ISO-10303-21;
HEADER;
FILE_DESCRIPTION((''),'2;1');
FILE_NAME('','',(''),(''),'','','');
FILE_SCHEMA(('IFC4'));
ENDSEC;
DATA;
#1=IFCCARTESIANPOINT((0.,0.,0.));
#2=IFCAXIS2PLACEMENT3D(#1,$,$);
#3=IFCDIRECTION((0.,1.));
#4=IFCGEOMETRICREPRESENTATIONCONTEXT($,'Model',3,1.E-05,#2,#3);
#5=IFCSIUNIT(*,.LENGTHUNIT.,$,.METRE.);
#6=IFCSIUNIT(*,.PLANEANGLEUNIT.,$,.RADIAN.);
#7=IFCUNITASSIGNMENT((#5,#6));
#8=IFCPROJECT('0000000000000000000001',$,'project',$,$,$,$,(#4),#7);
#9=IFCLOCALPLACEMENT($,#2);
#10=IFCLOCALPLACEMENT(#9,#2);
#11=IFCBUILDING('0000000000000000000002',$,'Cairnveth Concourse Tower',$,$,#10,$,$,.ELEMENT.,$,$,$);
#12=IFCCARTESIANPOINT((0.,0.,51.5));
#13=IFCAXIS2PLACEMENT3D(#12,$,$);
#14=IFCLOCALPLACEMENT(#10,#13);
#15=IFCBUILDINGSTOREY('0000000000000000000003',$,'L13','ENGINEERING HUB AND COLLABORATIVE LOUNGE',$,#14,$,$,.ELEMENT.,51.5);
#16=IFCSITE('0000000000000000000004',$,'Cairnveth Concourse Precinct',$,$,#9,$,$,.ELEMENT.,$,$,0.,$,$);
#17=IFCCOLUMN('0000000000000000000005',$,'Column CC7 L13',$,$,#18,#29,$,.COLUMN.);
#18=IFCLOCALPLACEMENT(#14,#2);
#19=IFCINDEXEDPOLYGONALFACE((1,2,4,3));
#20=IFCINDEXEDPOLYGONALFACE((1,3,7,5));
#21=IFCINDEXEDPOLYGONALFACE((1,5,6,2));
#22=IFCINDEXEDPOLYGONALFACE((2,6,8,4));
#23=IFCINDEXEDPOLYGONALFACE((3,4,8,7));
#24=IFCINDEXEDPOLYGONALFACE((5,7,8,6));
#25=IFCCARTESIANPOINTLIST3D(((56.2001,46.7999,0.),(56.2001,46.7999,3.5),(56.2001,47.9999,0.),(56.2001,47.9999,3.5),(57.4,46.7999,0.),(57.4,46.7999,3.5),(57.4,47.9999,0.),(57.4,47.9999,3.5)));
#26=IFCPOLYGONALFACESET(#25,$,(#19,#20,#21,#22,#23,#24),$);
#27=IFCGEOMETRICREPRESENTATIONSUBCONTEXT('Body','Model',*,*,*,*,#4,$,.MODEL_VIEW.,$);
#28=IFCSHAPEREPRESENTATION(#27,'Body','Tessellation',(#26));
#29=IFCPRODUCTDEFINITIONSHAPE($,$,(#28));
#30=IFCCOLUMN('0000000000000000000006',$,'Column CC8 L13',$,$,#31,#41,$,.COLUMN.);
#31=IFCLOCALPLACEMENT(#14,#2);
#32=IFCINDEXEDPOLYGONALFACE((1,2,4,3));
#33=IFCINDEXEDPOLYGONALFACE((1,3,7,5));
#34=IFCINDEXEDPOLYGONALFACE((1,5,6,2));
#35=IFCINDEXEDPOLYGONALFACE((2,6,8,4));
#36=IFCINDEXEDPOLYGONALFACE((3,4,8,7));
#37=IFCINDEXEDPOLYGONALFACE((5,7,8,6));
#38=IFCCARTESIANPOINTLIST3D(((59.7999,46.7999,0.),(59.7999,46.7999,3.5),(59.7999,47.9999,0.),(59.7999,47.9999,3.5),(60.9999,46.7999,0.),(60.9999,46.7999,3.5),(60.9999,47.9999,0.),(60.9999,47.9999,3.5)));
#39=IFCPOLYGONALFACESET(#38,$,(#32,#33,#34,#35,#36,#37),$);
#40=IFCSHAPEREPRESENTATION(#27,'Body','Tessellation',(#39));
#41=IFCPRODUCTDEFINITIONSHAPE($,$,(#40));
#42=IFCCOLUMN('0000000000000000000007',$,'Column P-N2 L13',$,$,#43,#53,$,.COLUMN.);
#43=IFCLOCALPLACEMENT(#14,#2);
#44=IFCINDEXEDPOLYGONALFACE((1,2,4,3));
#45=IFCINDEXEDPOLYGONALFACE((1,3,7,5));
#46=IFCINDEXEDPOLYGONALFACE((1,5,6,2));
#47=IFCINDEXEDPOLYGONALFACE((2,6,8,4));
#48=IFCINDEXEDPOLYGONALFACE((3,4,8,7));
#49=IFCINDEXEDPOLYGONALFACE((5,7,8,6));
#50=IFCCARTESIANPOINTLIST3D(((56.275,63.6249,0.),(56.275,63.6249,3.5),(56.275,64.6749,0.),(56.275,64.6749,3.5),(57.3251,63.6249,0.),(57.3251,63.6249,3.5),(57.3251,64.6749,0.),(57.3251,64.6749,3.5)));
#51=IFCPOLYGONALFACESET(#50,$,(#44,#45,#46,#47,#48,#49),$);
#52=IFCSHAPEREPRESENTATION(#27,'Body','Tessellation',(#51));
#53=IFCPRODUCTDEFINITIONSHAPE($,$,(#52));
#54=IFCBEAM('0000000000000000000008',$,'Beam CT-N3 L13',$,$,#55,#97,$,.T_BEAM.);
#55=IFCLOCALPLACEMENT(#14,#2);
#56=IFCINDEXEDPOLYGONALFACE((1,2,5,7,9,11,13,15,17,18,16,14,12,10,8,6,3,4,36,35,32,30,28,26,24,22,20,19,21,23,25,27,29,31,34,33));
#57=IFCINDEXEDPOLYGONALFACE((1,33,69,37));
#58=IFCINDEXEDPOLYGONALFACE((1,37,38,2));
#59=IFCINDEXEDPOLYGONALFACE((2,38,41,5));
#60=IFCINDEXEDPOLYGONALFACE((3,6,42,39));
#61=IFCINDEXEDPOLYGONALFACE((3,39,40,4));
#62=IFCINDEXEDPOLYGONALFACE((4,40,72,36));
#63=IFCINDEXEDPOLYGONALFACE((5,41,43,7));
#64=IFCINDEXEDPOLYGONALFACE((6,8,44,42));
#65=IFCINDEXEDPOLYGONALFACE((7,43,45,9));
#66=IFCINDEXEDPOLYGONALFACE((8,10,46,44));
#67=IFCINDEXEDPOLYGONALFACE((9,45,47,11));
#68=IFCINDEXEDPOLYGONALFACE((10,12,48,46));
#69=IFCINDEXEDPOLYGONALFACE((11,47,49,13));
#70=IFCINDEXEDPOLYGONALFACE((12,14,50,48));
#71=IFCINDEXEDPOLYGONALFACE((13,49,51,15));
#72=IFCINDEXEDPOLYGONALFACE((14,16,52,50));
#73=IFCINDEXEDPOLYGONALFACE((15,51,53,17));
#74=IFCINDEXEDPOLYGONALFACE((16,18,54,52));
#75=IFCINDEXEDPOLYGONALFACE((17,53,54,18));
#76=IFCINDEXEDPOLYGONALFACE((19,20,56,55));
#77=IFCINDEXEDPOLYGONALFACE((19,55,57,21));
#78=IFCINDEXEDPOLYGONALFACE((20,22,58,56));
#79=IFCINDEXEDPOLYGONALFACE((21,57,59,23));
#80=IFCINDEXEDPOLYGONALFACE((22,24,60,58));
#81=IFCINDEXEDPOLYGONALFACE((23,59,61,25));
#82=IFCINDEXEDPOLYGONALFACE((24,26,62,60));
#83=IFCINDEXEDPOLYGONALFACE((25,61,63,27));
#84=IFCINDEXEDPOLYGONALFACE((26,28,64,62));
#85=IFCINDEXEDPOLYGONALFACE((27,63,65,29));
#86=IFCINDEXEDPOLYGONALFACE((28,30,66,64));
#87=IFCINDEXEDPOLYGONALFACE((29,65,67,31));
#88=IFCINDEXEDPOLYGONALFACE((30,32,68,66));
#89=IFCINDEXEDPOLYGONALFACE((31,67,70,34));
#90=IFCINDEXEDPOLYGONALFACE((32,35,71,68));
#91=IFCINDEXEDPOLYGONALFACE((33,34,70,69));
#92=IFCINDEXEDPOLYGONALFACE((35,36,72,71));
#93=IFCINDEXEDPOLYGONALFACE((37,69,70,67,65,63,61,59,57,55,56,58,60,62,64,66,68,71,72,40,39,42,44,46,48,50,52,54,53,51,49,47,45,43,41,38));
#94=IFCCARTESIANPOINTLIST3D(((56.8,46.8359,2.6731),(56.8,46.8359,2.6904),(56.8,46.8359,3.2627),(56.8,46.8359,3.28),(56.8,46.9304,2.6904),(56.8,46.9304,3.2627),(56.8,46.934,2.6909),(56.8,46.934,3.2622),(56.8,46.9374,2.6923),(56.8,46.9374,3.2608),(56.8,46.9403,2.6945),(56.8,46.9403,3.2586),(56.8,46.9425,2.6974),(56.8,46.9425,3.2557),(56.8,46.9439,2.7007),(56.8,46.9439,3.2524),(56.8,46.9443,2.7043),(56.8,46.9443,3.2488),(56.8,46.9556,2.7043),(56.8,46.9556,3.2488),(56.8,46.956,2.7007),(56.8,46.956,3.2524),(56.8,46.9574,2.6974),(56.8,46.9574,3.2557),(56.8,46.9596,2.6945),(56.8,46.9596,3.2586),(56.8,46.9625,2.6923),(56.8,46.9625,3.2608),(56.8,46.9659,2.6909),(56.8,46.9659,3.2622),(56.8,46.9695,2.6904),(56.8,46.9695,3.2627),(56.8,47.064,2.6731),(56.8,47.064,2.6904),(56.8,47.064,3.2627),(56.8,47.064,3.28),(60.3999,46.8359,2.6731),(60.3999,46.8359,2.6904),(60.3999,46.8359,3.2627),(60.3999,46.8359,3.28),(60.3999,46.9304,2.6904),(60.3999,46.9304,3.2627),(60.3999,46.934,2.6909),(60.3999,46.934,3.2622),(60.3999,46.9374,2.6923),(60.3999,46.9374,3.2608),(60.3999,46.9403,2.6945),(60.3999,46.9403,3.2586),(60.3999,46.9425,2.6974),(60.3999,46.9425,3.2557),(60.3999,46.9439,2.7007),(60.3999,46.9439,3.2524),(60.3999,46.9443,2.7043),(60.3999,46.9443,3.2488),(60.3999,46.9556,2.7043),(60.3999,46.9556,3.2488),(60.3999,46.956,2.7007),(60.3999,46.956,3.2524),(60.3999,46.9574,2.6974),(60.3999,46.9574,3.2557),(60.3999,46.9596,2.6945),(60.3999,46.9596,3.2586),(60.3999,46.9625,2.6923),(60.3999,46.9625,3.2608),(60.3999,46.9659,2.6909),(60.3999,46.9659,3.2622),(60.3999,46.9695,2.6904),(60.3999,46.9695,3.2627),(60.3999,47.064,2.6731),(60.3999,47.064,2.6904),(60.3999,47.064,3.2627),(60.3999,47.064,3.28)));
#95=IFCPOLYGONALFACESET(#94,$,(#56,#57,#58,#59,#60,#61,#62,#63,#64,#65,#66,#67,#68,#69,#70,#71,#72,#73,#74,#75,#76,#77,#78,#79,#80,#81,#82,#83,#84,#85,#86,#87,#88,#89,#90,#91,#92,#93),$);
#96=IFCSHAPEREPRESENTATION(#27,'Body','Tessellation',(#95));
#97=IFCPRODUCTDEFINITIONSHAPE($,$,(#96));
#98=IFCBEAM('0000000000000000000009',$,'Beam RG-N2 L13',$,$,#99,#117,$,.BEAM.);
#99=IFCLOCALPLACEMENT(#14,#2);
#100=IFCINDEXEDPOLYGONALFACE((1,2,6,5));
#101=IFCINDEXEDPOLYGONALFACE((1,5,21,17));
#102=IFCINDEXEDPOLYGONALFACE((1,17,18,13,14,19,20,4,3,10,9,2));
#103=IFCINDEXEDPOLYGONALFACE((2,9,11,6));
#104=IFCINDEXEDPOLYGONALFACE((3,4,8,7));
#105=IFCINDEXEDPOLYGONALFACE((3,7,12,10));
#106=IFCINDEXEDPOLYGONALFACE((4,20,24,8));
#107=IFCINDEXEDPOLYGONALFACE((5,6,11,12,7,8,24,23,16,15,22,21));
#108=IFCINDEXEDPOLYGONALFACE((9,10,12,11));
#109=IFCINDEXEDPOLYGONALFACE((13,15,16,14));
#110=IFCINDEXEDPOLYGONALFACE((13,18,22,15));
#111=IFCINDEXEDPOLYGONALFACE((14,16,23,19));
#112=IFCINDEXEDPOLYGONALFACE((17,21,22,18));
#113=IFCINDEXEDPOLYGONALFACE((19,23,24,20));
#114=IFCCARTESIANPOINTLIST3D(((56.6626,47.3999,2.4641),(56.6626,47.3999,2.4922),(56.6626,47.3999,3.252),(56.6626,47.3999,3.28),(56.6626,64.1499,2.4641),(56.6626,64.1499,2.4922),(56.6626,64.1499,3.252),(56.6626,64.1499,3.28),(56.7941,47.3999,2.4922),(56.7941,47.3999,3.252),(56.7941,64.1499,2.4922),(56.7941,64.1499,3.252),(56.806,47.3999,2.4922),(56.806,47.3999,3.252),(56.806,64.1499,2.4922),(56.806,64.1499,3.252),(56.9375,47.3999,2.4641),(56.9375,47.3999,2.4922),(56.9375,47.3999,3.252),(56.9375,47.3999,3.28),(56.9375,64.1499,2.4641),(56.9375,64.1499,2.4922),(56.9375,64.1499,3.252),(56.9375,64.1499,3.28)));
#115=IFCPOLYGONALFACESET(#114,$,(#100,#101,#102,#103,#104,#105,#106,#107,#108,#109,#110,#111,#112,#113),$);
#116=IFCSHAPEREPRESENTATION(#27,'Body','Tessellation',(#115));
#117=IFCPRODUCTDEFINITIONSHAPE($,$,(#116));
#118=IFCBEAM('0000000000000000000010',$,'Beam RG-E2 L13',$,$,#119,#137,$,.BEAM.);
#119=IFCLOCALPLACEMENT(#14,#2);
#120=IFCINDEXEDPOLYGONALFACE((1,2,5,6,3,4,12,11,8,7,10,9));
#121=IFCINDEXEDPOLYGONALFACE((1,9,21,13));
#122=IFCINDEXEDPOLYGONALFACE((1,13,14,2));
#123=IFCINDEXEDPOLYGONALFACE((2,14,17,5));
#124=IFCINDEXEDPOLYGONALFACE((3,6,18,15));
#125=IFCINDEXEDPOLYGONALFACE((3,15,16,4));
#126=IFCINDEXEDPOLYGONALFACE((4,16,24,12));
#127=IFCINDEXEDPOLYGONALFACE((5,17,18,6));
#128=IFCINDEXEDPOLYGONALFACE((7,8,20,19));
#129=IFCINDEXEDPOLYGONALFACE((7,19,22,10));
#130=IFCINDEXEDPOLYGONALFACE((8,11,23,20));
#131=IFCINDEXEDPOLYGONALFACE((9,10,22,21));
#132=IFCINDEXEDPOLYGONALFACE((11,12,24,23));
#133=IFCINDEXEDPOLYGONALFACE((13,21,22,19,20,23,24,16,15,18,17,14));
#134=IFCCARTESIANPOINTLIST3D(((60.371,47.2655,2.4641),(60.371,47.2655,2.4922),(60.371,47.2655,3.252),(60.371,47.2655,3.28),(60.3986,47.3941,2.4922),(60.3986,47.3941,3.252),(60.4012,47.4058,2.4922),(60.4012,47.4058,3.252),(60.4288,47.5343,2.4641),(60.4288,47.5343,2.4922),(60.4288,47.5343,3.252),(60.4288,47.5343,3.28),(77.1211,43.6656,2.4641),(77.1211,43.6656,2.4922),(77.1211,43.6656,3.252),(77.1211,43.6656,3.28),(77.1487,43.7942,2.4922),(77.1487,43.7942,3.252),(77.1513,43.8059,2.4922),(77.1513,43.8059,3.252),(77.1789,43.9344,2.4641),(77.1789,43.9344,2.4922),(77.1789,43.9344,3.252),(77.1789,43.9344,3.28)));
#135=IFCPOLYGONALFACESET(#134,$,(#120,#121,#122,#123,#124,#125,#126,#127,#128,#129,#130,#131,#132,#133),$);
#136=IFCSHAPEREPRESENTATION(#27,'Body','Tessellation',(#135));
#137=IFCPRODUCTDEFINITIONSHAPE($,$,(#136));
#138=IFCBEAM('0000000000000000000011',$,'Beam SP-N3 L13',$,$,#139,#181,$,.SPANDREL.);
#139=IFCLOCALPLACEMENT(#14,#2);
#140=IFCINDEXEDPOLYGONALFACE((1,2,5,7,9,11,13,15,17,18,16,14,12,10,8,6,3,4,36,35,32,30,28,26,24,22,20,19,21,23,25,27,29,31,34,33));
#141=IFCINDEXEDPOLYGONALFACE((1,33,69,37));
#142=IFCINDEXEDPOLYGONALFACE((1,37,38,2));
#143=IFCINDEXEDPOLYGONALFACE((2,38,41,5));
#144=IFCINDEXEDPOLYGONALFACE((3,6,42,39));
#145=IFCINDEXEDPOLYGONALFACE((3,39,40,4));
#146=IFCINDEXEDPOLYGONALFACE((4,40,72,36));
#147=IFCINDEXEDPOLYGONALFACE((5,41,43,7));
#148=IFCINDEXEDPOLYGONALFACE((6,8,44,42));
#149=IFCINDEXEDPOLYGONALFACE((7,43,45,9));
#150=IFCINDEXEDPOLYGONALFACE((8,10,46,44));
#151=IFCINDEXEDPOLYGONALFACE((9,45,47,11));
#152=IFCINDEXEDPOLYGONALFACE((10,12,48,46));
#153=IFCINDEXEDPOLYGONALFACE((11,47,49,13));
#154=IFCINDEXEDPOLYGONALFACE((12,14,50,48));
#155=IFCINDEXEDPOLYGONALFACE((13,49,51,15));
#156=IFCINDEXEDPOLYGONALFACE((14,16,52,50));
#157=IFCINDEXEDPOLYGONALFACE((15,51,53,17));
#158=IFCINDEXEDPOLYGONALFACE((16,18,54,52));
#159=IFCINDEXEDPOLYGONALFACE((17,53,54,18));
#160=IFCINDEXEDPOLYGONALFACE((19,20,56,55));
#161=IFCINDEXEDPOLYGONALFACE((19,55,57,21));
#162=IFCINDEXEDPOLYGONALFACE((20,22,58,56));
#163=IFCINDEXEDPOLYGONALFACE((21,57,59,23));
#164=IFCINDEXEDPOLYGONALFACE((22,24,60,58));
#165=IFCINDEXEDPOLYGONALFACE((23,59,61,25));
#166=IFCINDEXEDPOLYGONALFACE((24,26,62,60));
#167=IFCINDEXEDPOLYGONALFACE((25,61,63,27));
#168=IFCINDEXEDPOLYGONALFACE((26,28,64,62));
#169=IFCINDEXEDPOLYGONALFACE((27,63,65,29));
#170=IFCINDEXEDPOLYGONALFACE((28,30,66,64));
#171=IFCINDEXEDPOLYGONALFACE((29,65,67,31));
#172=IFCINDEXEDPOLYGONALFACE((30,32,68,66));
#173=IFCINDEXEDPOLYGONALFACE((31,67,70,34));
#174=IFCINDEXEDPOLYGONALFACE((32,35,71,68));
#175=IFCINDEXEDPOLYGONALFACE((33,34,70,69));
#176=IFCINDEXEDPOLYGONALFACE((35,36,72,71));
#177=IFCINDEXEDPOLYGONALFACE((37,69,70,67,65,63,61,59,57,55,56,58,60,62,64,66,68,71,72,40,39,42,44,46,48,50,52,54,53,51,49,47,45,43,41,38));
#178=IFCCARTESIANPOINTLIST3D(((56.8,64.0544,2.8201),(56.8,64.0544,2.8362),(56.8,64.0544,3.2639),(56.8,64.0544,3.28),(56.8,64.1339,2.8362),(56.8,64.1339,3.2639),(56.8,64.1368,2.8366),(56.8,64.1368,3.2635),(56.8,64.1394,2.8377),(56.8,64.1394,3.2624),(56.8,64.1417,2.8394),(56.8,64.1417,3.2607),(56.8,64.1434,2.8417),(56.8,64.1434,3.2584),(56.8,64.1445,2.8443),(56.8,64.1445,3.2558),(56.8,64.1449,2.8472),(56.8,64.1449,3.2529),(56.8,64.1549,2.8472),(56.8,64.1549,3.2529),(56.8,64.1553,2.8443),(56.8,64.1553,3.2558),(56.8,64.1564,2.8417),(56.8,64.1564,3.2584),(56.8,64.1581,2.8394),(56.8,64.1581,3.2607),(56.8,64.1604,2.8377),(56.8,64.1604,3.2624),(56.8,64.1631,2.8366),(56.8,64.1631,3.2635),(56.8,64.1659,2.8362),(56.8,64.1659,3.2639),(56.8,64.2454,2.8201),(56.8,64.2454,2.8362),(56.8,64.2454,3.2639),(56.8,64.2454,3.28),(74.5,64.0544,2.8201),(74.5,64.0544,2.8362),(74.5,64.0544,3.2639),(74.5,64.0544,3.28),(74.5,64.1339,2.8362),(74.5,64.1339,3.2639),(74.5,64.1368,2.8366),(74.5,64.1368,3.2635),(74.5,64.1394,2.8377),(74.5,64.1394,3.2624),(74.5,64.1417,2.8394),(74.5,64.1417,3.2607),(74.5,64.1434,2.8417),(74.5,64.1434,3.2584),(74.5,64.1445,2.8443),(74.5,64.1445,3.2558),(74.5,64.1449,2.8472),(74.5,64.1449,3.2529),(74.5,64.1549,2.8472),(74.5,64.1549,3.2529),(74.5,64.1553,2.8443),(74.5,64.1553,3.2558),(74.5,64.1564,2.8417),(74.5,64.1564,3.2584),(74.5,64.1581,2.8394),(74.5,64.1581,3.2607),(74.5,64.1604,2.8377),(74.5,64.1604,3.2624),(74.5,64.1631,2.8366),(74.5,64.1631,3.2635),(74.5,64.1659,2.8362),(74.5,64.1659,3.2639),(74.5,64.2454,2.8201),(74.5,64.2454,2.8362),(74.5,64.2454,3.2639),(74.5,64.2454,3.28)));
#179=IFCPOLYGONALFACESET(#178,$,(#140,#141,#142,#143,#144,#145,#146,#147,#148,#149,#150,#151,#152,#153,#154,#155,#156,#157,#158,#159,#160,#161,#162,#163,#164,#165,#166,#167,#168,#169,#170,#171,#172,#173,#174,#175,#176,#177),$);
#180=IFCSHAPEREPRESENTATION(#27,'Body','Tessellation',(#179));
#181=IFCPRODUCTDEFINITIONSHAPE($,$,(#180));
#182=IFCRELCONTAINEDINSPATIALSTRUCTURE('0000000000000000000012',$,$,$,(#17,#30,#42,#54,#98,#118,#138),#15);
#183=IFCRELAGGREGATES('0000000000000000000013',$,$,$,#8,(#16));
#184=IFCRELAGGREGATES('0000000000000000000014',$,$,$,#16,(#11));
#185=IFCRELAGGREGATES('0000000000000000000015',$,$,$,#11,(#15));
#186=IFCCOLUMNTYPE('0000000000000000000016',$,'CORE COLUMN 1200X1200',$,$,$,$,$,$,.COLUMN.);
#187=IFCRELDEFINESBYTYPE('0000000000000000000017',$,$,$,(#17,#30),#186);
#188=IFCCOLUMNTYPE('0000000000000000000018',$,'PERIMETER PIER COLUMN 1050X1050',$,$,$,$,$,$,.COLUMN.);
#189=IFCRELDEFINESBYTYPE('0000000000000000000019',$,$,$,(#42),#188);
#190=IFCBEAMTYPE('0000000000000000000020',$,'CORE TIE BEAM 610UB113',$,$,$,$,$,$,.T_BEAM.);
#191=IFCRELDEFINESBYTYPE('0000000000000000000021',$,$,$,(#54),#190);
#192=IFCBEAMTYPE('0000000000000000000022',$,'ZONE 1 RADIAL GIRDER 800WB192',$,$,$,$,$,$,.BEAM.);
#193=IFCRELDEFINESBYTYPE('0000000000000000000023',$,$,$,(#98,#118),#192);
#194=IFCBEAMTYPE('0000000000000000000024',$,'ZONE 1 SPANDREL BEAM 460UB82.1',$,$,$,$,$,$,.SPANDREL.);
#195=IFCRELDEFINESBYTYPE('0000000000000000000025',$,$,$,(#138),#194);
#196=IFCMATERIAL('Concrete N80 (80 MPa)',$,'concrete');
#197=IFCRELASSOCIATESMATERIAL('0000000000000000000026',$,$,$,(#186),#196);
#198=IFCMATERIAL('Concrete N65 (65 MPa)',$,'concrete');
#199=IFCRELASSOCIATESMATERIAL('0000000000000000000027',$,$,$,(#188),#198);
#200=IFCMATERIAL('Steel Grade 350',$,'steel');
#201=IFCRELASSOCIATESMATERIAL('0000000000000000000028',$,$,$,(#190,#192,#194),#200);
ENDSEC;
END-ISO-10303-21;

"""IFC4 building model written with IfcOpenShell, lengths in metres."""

from ifc_helpers import new_model, si_unit, direction, frame, origin, origin_2d, place, context, subcontext, project, spatial, rectangle, i_section, extrude, material, material_profile, profile_set, type_object, element, save


model = new_model("IFC4")

# Units and contexts
model_context = context("Model", 3, precision=1e-05, world=origin(), true_north=direction((0.0, 1.0)))
body_context = subcontext(model_context, "Body", "Model", "MODEL_VIEW")
ifc_project = project(units=[si_unit("LENGTHUNIT", "METRE"), si_unit("PLANEANGLEUNIT", "RADIAN")], contexts=[model_context])

# Site, building, storey
site_placement = place(None, origin())
site = spatial("IfcSite", under=ifc_project, at=site_placement, Name="Cairnveth Concourse Precinct", CompositionType="ELEMENT", RefElevation=0.0)
building_placement = place(site_placement, origin())
building = spatial("IfcBuilding", under=site, at=building_placement, Name="Cairnveth Concourse Tower", CompositionType="ELEMENT")
storey_placement = place(building_placement, frame((0.0, 0.0, 51.5)))
storey = spatial("IfcBuildingStorey", under=building, at=storey_placement, Name="L13", Description="ENGINEERING HUB AND COLLABORATIVE LOUNGE", CompositionType="ELEMENT", Elevation=51.5)

# Columns
ifc_material_1 = material(Name="Concrete N80 (80 MPa)", Category="concrete")
ifc_material_profile_1 = material_profile(ifc_material_1, rectangle(XDim=1.2, YDim=1.2, at=origin_2d()), Name="RC-COL-1200x1200")
ifc_profile_set_1 = profile_set([ifc_material_profile_1], Name="Concrete N80 (80 MPa)")
column_type_1 = type_object("IfcColumnType", Name="CORE COLUMN 1200X1200", PredefinedType="COLUMN", material=ifc_profile_set_1)
for number, where, z_axis, x_axis, name in (
    (1, (56.8, 47.3999, 0.0), (0.0, 0.0, 1.0), (1.0, 0.0, 0.0), "Column CC7 L13"),
    (2, (60.3999, 47.3999, 0.0), (0.0, 0.0, 1.0), (1.0, 0.0, 0.0), "Column CC8 L13"),
):
    element("IfcColumn", number, at=place(storey_placement, frame(where, z_axis=z_axis, x_axis=x_axis)), inside=storey, type_object=column_type_1, Name=name, PredefinedType="COLUMN", context=body_context, shape_type="SweptSolid", body=[
        extrude(rectangle(XDim=1.2, YDim=1.2, at=origin_2d()), origin(), (0.0, 0.0, 1.0), 3.5),
    ])
ifc_material_2 = material(Name="Concrete N65 (65 MPa)", Category="concrete")
ifc_material_profile_2 = material_profile(ifc_material_2, rectangle(XDim=1.05, YDim=1.05, at=origin_2d()), Name="RC-COL-1050x1050")
ifc_profile_set_2 = profile_set([ifc_material_profile_2], Name="Concrete N65 (65 MPa)")
column_type_2 = type_object("IfcColumnType", Name="PERIMETER PIER COLUMN 1050X1050", PredefinedType="COLUMN", material=ifc_profile_set_2)
column_placement = place(storey_placement, frame((56.8, 64.1499, 0.0), z_axis=(0.0, 0.0, 1.0), x_axis=(1.0, 0.0, 0.0)))
element("IfcColumn", 3, at=column_placement, inside=storey, type_object=column_type_2, Name="Column P-N2 L13", PredefinedType="COLUMN", context=body_context, shape_type="SweptSolid", body=[
    extrude(rectangle(XDim=1.05, YDim=1.05, at=origin_2d()), origin(), (0.0, 0.0, 1.0), 3.5),
])

# Beams
ifc_material_3 = material(Name="Steel Grade 350", Category="steel")
ifc_material_profile_3 = material_profile(ifc_material_3, i_section(OverallWidth=0.228, OverallDepth=0.6069, WebThickness=0.0112, FlangeThickness=0.0173, FilletRadius=0.0139, at=origin_2d()), Name="610UB113")
ifc_profile_set_3 = profile_set([ifc_material_profile_3], Name="Steel Grade 350")
beam_type_1 = type_object("IfcBeamType", Name="CORE TIE BEAM 610UB113", PredefinedType="T_BEAM", material=ifc_profile_set_3)
beam_1_placement = place(storey_placement, frame((56.8, 46.95, 2.9766), z_axis=(1.0, 0.0, 0.0), x_axis=(0.0, 1.0, 0.0)))
element("IfcBeam", 4, at=beam_1_placement, inside=storey, type_object=beam_type_1, Name="Beam CT-N3 L13", PredefinedType="T_BEAM", context=body_context, shape_type="SweptSolid", body=[
    extrude(i_section(OverallWidth=0.228, OverallDepth=0.6069, WebThickness=0.0112, FlangeThickness=0.0173, FilletRadius=0.0139, at=origin_2d()), origin(), (0.0, 0.0, 1.0), 3.5999),
])
ifc_material_profile_4 = material_profile(ifc_material_3, i_section(OverallWidth=0.2749, OverallDepth=0.8159, WebThickness=0.012, FlangeThickness=0.0281, at=origin_2d()), Name="800WB192")
ifc_profile_set_4 = profile_set([ifc_material_profile_4], Name="Steel Grade 350")
beam_type_2 = type_object("IfcBeamType", Name="ZONE 1 RADIAL GIRDER 800WB192", PredefinedType="BEAM", material=ifc_profile_set_4)
beam_2_placement = place(storey_placement, frame((56.8, 47.3999, 2.8721), z_axis=(0.0, 1.0, 0.0), x_axis=(-1.0, 0.0, 0.0)))
element("IfcBeam", 5, at=beam_2_placement, inside=storey, type_object=beam_type_2, Name="Beam RG-N2 L13", PredefinedType="BEAM", context=body_context, shape_type="SweptSolid", body=[
    extrude(i_section(OverallWidth=0.2749, OverallDepth=0.8159, WebThickness=0.012, FlangeThickness=0.0281, at=origin_2d()), origin(), (0.0, 0.0, 1.0), 16.75),
])
beam_3_placement = place(storey_placement, frame((60.3999, 47.3999, 2.8721), z_axis=(0.977676, -0.210119, 0.0), x_axis=(0.210119, 0.977676, 0.0)))
element("IfcBeam", 6, at=beam_3_placement, inside=storey, type_object=beam_type_2, Name="Beam RG-E2 L13", PredefinedType="BEAM", context=body_context, shape_type="SweptSolid", body=[
    extrude(i_section(OverallWidth=0.2749, OverallDepth=0.8159, WebThickness=0.012, FlangeThickness=0.0281, at=origin_2d()), origin(), (0.0, 0.0, 1.0), 17.1326),
])
ifc_material_profile_5 = material_profile(ifc_material_3, i_section(OverallWidth=0.1909, OverallDepth=0.46, WebThickness=0.01, FlangeThickness=0.0161, FilletRadius=0.011, at=origin_2d()), Name="460UB82.1")
ifc_profile_set_5 = profile_set([ifc_material_profile_5], Name="Steel Grade 350")
beam_type_3 = type_object("IfcBeamType", Name="ZONE 1 SPANDREL BEAM 460UB82.1", PredefinedType="SPANDREL", material=ifc_profile_set_5)
beam_4_placement = place(storey_placement, frame((56.8, 64.1499, 3.05), z_axis=(1.0, 0.0, 0.0), x_axis=(0.0, 1.0, 0.0)))
element("IfcBeam", 7, at=beam_4_placement, inside=storey, type_object=beam_type_3, Name="Beam SP-N3 L13", PredefinedType="SPANDREL", context=body_context, shape_type="SweptSolid", body=[
    extrude(i_section(OverallWidth=0.1909, OverallDepth=0.46, WebThickness=0.01, FlangeThickness=0.0161, FilletRadius=0.011, at=origin_2d()), origin(), (0.0, 0.0, 1.0), 17.7),
])

save(model, "model.ifc")
